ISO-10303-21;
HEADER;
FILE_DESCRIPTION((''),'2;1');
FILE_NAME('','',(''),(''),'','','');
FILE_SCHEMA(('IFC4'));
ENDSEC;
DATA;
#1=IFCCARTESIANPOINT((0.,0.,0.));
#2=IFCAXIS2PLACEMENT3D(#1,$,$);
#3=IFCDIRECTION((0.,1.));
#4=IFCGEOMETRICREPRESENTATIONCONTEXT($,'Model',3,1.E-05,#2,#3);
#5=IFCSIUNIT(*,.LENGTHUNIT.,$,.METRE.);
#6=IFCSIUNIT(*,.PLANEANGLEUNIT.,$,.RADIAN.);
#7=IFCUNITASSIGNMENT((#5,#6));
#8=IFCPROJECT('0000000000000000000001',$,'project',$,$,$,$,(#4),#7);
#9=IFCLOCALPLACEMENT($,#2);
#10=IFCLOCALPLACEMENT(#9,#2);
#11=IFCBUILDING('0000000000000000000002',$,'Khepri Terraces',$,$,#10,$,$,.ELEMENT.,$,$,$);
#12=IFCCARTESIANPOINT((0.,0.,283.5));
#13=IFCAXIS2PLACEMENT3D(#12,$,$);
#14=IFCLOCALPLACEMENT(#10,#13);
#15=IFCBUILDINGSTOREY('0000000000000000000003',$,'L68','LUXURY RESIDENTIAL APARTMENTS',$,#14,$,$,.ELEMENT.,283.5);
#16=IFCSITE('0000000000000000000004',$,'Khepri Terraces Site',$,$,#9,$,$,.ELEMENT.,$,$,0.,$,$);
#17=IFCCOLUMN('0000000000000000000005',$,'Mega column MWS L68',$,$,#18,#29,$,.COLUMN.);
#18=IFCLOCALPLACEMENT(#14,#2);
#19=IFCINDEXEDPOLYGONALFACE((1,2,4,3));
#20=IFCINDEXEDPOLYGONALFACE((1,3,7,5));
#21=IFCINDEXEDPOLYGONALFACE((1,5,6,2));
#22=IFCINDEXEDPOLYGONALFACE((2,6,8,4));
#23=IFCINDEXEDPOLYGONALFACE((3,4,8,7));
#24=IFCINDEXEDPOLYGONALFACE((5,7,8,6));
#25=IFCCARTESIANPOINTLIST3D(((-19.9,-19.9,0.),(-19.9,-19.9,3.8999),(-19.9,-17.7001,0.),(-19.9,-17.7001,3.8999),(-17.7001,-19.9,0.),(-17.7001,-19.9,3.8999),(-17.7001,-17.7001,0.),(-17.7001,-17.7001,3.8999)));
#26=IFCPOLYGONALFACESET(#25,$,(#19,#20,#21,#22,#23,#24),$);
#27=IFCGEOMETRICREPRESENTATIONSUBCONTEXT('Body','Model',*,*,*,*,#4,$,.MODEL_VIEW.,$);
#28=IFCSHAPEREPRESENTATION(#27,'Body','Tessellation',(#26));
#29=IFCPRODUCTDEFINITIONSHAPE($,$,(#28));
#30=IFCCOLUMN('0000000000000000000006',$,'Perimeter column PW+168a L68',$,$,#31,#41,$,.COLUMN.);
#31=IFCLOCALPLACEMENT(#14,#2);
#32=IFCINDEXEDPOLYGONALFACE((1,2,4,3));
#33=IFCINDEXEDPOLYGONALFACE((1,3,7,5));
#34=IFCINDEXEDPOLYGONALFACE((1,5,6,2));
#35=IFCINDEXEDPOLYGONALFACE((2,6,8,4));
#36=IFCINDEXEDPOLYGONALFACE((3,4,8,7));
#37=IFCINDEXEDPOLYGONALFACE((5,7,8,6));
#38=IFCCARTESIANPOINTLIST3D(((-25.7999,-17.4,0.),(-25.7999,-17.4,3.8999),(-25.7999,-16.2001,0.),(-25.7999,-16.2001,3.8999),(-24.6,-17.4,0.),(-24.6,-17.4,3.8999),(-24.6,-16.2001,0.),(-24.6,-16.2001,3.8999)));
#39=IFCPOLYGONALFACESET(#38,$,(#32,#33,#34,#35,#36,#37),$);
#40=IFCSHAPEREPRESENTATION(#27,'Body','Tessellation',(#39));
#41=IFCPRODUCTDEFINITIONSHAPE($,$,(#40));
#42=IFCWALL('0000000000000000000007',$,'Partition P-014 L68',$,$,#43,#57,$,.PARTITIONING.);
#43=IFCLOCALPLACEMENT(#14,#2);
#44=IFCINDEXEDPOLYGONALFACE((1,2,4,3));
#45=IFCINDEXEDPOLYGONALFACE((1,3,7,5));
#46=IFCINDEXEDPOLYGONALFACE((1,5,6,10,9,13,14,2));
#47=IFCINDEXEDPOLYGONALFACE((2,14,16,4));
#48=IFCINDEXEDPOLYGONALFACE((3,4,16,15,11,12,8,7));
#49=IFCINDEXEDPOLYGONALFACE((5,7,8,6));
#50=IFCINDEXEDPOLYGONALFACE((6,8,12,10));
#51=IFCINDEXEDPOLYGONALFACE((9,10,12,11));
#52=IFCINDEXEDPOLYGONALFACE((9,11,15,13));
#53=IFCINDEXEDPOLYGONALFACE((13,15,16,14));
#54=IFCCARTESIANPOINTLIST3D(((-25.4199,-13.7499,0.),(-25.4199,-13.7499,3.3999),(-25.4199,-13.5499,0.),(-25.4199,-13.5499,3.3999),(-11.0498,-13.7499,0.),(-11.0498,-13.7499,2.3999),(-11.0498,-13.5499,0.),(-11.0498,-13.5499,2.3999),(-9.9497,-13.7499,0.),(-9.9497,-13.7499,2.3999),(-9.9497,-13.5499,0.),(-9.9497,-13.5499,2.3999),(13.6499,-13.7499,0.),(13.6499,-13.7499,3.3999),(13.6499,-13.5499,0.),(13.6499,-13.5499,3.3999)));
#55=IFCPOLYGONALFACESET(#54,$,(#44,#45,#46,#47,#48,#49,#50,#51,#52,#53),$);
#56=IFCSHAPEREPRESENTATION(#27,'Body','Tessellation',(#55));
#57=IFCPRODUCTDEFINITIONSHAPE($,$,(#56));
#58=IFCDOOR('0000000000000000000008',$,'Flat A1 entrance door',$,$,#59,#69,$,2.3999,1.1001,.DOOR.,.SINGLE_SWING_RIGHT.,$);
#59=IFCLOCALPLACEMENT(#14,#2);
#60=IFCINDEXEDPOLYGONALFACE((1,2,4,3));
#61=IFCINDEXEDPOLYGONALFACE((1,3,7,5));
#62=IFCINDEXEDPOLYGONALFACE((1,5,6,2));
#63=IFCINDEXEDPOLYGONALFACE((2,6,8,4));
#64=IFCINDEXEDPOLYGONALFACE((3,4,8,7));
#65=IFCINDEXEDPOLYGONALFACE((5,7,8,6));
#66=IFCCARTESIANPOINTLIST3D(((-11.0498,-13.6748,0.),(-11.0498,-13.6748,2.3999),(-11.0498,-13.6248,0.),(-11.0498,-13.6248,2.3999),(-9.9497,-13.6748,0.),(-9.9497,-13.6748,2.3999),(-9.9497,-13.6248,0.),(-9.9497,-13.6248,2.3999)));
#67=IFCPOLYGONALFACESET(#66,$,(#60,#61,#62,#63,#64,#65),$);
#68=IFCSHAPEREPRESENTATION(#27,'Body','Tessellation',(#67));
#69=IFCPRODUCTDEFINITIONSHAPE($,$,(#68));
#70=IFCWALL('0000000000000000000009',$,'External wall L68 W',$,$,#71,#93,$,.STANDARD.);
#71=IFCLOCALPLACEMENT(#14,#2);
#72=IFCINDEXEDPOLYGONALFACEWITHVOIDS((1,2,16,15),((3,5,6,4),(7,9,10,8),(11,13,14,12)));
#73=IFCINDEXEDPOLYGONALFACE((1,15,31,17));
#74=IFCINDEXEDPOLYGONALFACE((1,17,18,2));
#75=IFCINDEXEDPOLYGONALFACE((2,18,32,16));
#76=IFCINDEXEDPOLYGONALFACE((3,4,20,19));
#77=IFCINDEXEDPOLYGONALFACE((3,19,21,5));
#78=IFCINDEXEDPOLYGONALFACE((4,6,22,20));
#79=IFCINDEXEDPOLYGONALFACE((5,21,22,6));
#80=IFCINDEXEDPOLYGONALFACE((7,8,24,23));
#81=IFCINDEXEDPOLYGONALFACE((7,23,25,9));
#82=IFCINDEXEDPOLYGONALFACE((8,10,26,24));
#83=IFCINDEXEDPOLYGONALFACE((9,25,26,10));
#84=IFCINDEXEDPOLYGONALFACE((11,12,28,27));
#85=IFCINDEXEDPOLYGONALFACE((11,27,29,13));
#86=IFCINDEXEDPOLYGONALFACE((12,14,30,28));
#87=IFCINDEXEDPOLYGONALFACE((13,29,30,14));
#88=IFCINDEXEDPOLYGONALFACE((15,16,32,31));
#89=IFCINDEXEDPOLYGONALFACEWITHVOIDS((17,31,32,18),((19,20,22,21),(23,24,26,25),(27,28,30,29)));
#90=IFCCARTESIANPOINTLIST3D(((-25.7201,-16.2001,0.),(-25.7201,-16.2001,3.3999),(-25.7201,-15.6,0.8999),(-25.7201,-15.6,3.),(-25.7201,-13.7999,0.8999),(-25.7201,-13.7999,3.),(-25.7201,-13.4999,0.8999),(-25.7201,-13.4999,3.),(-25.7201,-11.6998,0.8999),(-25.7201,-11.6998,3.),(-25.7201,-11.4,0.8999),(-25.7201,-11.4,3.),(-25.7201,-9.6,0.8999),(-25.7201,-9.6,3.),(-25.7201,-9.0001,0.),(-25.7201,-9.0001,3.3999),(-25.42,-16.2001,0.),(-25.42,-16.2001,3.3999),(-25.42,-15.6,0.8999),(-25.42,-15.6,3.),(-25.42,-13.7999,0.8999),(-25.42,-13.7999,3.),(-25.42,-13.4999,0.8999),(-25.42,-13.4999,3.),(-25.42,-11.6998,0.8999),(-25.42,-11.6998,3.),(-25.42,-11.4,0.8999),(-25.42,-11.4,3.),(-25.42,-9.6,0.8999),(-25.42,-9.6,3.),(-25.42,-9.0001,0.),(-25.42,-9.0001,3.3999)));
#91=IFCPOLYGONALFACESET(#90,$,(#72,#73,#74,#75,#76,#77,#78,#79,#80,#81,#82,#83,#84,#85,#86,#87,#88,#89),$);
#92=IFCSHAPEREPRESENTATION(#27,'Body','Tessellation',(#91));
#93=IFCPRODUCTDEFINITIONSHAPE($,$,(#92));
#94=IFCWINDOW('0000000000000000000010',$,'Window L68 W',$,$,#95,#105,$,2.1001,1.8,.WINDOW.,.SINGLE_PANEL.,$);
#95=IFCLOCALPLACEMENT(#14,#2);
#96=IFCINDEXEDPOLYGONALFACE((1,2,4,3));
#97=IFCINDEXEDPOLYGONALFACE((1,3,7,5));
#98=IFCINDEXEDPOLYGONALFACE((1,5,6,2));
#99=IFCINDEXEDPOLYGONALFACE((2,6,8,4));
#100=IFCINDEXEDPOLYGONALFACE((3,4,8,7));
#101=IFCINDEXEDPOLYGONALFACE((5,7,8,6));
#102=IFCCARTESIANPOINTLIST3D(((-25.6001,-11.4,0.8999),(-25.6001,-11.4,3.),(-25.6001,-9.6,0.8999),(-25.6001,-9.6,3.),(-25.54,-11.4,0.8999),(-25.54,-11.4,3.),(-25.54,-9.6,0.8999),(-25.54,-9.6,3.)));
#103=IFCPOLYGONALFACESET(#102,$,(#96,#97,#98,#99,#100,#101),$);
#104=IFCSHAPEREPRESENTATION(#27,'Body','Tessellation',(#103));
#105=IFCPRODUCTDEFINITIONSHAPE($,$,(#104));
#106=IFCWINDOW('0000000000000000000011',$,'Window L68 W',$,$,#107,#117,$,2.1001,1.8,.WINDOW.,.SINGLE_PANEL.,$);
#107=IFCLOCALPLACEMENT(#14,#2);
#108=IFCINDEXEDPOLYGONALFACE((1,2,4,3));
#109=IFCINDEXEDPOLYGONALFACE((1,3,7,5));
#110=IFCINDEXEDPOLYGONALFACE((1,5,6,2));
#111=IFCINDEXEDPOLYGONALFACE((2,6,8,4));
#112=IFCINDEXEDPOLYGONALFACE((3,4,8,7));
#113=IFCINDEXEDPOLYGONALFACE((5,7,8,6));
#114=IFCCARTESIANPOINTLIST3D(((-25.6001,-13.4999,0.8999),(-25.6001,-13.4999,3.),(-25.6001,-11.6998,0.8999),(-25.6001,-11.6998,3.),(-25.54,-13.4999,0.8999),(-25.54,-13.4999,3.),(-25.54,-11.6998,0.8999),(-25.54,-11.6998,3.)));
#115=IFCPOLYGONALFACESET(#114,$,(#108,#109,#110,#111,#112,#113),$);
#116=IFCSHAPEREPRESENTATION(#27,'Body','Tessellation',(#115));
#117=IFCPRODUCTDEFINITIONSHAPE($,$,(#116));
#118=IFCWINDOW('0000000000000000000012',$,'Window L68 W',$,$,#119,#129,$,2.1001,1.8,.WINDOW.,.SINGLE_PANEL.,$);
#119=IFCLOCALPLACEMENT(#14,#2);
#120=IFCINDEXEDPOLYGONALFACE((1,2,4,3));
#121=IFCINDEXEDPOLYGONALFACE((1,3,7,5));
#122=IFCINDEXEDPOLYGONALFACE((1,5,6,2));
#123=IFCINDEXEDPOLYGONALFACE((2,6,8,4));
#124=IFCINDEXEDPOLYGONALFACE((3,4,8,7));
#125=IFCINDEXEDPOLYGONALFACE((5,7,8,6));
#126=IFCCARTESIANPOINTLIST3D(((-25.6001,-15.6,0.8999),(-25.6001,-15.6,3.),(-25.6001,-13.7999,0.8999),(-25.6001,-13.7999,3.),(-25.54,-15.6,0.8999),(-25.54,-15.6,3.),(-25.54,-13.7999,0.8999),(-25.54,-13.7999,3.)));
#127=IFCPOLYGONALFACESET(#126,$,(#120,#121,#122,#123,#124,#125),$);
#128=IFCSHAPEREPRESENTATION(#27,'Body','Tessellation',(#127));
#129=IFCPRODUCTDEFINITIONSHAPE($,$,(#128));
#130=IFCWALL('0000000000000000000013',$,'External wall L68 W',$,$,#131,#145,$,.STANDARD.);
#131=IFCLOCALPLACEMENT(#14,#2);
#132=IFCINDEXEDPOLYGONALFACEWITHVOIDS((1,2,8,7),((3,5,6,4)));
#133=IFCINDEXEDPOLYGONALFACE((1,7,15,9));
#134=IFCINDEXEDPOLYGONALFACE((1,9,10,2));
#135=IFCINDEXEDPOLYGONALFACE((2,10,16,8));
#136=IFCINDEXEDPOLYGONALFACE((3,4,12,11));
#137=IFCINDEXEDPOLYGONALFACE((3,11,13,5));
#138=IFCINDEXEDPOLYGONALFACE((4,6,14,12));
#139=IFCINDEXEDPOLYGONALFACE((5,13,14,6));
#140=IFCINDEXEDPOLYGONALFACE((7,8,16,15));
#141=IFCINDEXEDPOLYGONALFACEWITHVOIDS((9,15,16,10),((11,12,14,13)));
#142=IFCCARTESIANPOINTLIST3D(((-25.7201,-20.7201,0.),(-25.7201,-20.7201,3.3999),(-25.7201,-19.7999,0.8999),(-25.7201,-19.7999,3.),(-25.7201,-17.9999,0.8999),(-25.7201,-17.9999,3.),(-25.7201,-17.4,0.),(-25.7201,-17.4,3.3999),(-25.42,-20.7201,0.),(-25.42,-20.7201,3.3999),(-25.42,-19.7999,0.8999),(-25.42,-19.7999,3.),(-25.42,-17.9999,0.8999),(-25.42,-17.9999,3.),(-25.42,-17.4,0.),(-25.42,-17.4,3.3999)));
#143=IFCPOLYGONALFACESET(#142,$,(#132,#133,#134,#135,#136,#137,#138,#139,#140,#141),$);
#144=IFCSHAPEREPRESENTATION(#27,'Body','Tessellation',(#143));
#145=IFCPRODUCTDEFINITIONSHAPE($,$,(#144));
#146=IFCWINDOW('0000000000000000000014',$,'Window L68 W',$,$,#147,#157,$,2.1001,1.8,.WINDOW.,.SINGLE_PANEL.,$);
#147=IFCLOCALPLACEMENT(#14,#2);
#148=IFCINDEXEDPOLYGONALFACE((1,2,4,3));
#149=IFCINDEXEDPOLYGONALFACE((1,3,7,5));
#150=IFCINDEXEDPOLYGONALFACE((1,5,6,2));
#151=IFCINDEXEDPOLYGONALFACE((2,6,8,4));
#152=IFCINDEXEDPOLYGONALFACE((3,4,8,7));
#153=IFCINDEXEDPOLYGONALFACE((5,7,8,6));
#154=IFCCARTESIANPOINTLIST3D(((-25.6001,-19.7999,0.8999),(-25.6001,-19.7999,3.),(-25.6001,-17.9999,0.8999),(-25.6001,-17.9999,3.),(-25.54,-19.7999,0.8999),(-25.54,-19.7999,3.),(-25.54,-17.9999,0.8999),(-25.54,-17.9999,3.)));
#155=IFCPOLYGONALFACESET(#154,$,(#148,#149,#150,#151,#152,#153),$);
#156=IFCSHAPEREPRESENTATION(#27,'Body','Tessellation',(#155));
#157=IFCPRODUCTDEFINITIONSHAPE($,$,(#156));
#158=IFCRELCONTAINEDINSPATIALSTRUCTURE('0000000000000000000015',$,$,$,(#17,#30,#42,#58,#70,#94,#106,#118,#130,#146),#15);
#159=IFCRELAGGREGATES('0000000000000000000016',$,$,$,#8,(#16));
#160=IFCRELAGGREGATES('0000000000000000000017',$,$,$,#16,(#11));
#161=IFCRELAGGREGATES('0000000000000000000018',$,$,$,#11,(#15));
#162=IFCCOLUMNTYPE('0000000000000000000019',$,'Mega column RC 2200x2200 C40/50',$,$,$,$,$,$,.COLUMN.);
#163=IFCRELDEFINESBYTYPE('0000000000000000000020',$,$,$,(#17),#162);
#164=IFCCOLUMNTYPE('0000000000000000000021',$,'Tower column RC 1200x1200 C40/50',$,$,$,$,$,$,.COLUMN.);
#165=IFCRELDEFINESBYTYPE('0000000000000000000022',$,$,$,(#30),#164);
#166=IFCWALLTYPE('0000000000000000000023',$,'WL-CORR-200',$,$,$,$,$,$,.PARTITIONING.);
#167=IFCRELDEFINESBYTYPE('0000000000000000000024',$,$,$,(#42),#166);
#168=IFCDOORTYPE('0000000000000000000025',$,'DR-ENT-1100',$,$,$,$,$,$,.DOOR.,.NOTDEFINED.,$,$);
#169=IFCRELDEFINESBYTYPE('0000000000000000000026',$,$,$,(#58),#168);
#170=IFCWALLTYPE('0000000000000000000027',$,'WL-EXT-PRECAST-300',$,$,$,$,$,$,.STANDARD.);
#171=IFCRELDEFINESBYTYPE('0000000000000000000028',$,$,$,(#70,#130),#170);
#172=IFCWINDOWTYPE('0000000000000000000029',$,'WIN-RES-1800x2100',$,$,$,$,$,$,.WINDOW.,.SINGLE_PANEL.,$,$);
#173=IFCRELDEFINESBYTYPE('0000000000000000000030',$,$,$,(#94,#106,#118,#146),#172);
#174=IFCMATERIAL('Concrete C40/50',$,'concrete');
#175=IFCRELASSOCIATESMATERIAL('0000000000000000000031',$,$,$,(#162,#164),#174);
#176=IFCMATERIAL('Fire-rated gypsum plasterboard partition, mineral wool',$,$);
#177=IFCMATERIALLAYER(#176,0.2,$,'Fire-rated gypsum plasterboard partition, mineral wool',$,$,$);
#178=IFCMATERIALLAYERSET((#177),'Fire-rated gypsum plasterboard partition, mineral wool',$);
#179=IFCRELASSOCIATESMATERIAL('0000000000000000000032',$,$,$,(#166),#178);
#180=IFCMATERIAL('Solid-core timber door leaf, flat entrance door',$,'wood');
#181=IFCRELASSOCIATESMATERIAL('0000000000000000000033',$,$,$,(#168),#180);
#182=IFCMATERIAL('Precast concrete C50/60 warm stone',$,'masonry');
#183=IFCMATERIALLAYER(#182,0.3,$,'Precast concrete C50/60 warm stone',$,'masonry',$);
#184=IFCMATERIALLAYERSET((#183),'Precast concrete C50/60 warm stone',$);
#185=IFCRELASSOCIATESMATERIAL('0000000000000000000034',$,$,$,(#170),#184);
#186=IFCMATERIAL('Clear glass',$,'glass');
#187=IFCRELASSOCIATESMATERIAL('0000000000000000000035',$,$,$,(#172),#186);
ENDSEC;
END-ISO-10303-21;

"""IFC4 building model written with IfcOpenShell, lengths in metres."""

from ifc_helpers import new_model, si_unit, direction, frame, frame_2d, origin, origin_2d, place, context, subcontext, project, spatial, rectangle, extrude, material, layer, layer_set, material_profile, profile_set, type_object, element, fill, save


model = new_model("IFC4")

# Units and contexts
model_context = context("Model", 3, precision=1e-05, world=origin(), true_north=direction((0.0, 1.0)))
body_context = subcontext(model_context, "Body", "Model", "MODEL_VIEW")
ifc_project = project(units=[si_unit("LENGTHUNIT", "METRE"), si_unit("PLANEANGLEUNIT", "RADIAN")], contexts=[model_context])

# Site, building, storey
site_placement = place(None, origin())
site = spatial("IfcSite", under=ifc_project, at=site_placement, Name="Khepri Terraces Site", CompositionType="ELEMENT", RefElevation=0.0)
building_placement = place(site_placement, origin())
building = spatial("IfcBuilding", under=site, at=building_placement, Name="Khepri Terraces", CompositionType="ELEMENT")
storey_placement = place(building_placement, frame((0.0, 0.0, 283.5)))
storey = spatial("IfcBuildingStorey", under=building, at=storey_placement, Name="L68", Description="LUXURY RESIDENTIAL APARTMENTS", CompositionType="ELEMENT", Elevation=283.5)

# Columns
ifc_material_1 = material(Name="Concrete C40/50", Category="concrete")
ifc_material_profile_1 = material_profile(ifc_material_1, rectangle(XDim=2.2, YDim=2.2, at=origin_2d()), Name="Concrete C40/50", Category="concrete")
ifc_profile_set_1 = profile_set([ifc_material_profile_1], Name="Concrete C40/50")
column_type_1 = type_object("IfcColumnType", Name="Mega column RC 2200x2200 C40/50", PredefinedType="COLUMN", material=ifc_profile_set_1)
column_1_placement = place(storey_placement, frame((-18.8, -18.8, 0.0), z_axis=(0.0, 0.0, 1.0), x_axis=(1.0, 0.0, 0.0)))
element("IfcColumn", 1, at=column_1_placement, inside=storey, type_object=column_type_1, Name="Mega column MWS L68", PredefinedType="COLUMN", context=body_context, shape_type="SweptSolid", body=[
    extrude(rectangle(XDim=2.2, YDim=2.2, at=origin_2d()), origin(), (0.0, 0.0, 1.0), 3.8999),
])
ifc_material_profile_2 = material_profile(ifc_material_1, rectangle(XDim=1.2, YDim=1.2, at=origin_2d()), Name="Concrete C40/50", Category="concrete")
ifc_profile_set_2 = profile_set([ifc_material_profile_2], Name="Concrete C40/50")
column_type_2 = type_object("IfcColumnType", Name="Tower column RC 1200x1200 C40/50", PredefinedType="COLUMN", material=ifc_profile_set_2)
column_2_placement = place(storey_placement, frame((-25.2, -16.8, 0.0), z_axis=(0.0, 0.0, 1.0), x_axis=(1.0, 0.0, 0.0)))
element("IfcColumn", 2, at=column_2_placement, inside=storey, type_object=column_type_2, Name="Perimeter column PW+168a L68", PredefinedType="COLUMN", context=body_context, shape_type="SweptSolid", body=[
    extrude(rectangle(XDim=1.2, YDim=1.2, at=origin_2d()), origin(), (0.0, 0.0, 1.0), 3.8999),
])

# Wall, opening, door
ifc_material_2 = material(Name="Fire-rated gypsum plasterboard partition, mineral wool")
ifc_layer_1 = layer(ifc_material_2, 0.2, Name="Fire-rated gypsum plasterboard partition, mineral wool")
ifc_layer_set_1 = layer_set([ifc_layer_1], Name="Fire-rated gypsum plasterboard partition, mineral wool")
wall_type_1 = type_object("IfcWallType", Name="WL-CORR-200", PredefinedType="PARTITIONING", material=ifc_layer_set_1)
wall_1_placement = place(storey_placement, frame((-25.4199, -13.6499, 0.0), z_axis=(0.0, 0.0, 1.0), x_axis=(1.0, 0.0, 0.0)))
wall_1 = element("IfcWall", 3, at=wall_1_placement, inside=storey, type_object=wall_type_1, Name="Partition P-014 L68", PredefinedType="PARTITIONING", context=body_context, shape_type="SweptSolid", body=[
    extrude(rectangle(XDim=39.0698, YDim=0.2, at=frame_2d((19.5349, 0.0))), origin(), (0.0, 0.0, 1.0), 3.3999),
])
opening_1_placement = place(wall_1_placement, frame((14.3701, 0.0, 0.0)))
opening_1 = element("IfcOpeningElement", 4, at=opening_1_placement, cuts=wall_1, PredefinedType="OPENING", context=body_context, shape_type="SweptSolid", body=[
    extrude(rectangle(XDim=1.1001, YDim=2.3999, at=frame_2d((0.55, 1.2))), frame((0.0, 0.1099, 0.0), z_axis=(0.0, -1.0, 0.0), x_axis=(1.0, 0.0, 0.0)), (0.0, 0.0, 1.0), 0.22),
])
ifc_material_3 = material(Name="Solid-core timber door leaf, flat entrance door", Category="wood")
door_type_1 = type_object("IfcDoorType", Name="DR-ENT-1100", OperationType="NOTDEFINED", PredefinedType="DOOR", material=ifc_material_3)
door_1_placement = place(opening_1_placement, frame((1.1001, 0.0, 0.0), z_axis=(0.0, 0.0, 1.0), x_axis=(-1.0, 0.0, 0.0)))
door_1 = element("IfcDoor", 5, at=door_1_placement, inside=storey, type_object=door_type_1, Name="Flat A1 entrance door", OperationType="SINGLE_SWING_RIGHT", OverallHeight=2.3999, OverallWidth=1.1001, PredefinedType="DOOR", context=body_context, shape_type="SweptSolid", body=[
    extrude(rectangle(XDim=1.1001, YDim=2.3999, at=frame_2d((0.55, 1.2))), frame((0.0, 0.0249, 0.0), z_axis=(0.0, -1.0, 0.0), x_axis=(1.0, 0.0, 0.0)), (0.0, 0.0, 1.0), 0.05),
])
fill(opening_1, door_1)

# Wall, openings, windows
ifc_material_4 = material(Name="Precast concrete C50/60 warm stone", Category="masonry")
ifc_layer_2 = layer(ifc_material_4, 0.3, Name="Precast concrete C50/60 warm stone", Category="masonry")
ifc_layer_set_2 = layer_set([ifc_layer_2], Name="Precast concrete C50/60 warm stone")
wall_type_2 = type_object("IfcWallType", Name="WL-EXT-PRECAST-300", PredefinedType="STANDARD", material=ifc_layer_set_2)
wall_2_placement = place(storey_placement, frame((-25.5701, -9.0, 0.0), z_axis=(0.0, 0.0, 1.0), x_axis=(0.0, -1.0, 0.0)))
wall_2 = element("IfcWall", 6, at=wall_2_placement, inside=storey, type_object=wall_type_2, Name="External wall L68 W", PredefinedType="STANDARD", context=body_context, shape_type="SweptSolid", body=[
    extrude(rectangle(XDim=7.2, YDim=0.3, at=frame_2d((3.6001, 0.0))), origin(), (0.0, 0.0, 1.0), 3.3999),
])
opening_2_placement = place(wall_2_placement, frame((0.6001, 0.0, 0.8999)))
opening_2 = element("IfcOpeningElement", 7, at=opening_2_placement, cuts=wall_2, PredefinedType="OPENING", context=body_context, shape_type="SweptSolid", body=[
    extrude(rectangle(XDim=1.8, YDim=2.1001, at=frame_2d((0.8999, 1.05))), frame((0.0, 0.1602, 0.0), z_axis=(0.0, -1.0, 0.0), x_axis=(1.0, 0.0, 0.0)), (0.0, 0.0, 1.0), 0.3201),
])
opening_3_placement = place(wall_2_placement, frame((2.7, 0.0, 0.8999)))
opening_3 = element("IfcOpeningElement", 8, at=opening_3_placement, cuts=wall_2, PredefinedType="OPENING", context=body_context, shape_type="SweptSolid", body=[
    extrude(rectangle(XDim=1.8, YDim=2.1001, at=frame_2d((0.8999, 1.05))), frame((0.0, 0.1602, 0.0), z_axis=(0.0, -1.0, 0.0), x_axis=(1.0, 0.0, 0.0)), (0.0, 0.0, 1.0), 0.3201),
])
opening_4_placement = place(wall_2_placement, frame((4.8, 0.0, 0.8999)))
opening_4 = element("IfcOpeningElement", 9, at=opening_4_placement, cuts=wall_2, PredefinedType="OPENING", context=body_context, shape_type="SweptSolid", body=[
    extrude(rectangle(XDim=1.8, YDim=2.1001, at=frame_2d((0.8999, 1.05))), frame((0.0, 0.1602, 0.0), z_axis=(0.0, -1.0, 0.0), x_axis=(1.0, 0.0, 0.0)), (0.0, 0.0, 1.0), 0.3201),
])
ifc_material_5 = material(Name="Clear glass", Category="glass")
window_type = type_object("IfcWindowType", Name="WIN-RES-1800x2100", PartitioningType="SINGLE_PANEL", PredefinedType="WINDOW", material=ifc_material_5)
window_1_placement = place(opening_2_placement, origin())
window_1 = element("IfcWindow", 10, at=window_1_placement, inside=storey, type_object=window_type, Name="Window L68 W", OverallHeight=2.1001, OverallWidth=1.8, PartitioningType="SINGLE_PANEL", PredefinedType="WINDOW", context=body_context, shape_type="SweptSolid", body=[
    extrude(rectangle(XDim=1.8, YDim=2.1001, at=frame_2d((0.8999, 1.05))), frame((0.0, 0.03, 0.0), z_axis=(0.0, -1.0, 0.0), x_axis=(1.0, 0.0, 0.0)), (0.0, 0.0, 1.0), 0.0601),
])
fill(opening_2, window_1)
window_2_placement = place(opening_3_placement, origin())
window_2 = element("IfcWindow", 11, at=window_2_placement, inside=storey, type_object=window_type, Name="Window L68 W", OverallHeight=2.1001, OverallWidth=1.8, PartitioningType="SINGLE_PANEL", PredefinedType="WINDOW", context=body_context, shape_type="SweptSolid", body=[
    extrude(rectangle(XDim=1.8, YDim=2.1001, at=frame_2d((0.8999, 1.05))), frame((0.0, 0.03, 0.0), z_axis=(0.0, -1.0, 0.0), x_axis=(1.0, 0.0, 0.0)), (0.0, 0.0, 1.0), 0.0601),
])
fill(opening_3, window_2)
window_3_placement = place(opening_4_placement, origin())
window_3 = element("IfcWindow", 12, at=window_3_placement, inside=storey, type_object=window_type, Name="Window L68 W", OverallHeight=2.1001, OverallWidth=1.8, PartitioningType="SINGLE_PANEL", PredefinedType="WINDOW", context=body_context, shape_type="SweptSolid", body=[
    extrude(rectangle(XDim=1.8, YDim=2.1001, at=frame_2d((0.8999, 1.05))), frame((0.0, 0.03, 0.0), z_axis=(0.0, -1.0, 0.0), x_axis=(1.0, 0.0, 0.0)), (0.0, 0.0, 1.0), 0.0601),
])
fill(opening_4, window_3)

# Wall, opening, window
wall_3_placement = place(storey_placement, frame((-25.5701, -17.3999, 0.0), z_axis=(0.0, 0.0, 1.0), x_axis=(0.0, -1.0, 0.0)))
wall_3 = element("IfcWall", 13, at=wall_3_placement, inside=storey, type_object=wall_type_2, Name="External wall L68 W", PredefinedType="STANDARD", context=body_context, shape_type="SweptSolid", body=[
    extrude(rectangle(XDim=3.3201, YDim=0.3, at=frame_2d((1.6602, 0.0))), origin(), (0.0, 0.0, 1.0), 3.3999),
])
opening_5_placement = place(wall_3_placement, frame((0.6001, 0.0, 0.8999)))
opening_5 = element("IfcOpeningElement", 14, at=opening_5_placement, cuts=wall_3, PredefinedType="OPENING", context=body_context, shape_type="SweptSolid", body=[
    extrude(rectangle(XDim=1.8, YDim=2.1001, at=frame_2d((0.8999, 1.05))), frame((0.0, 0.1602, 0.0), z_axis=(0.0, -1.0, 0.0), x_axis=(1.0, 0.0, 0.0)), (0.0, 0.0, 1.0), 0.3201),
])
window_4_placement = place(opening_5_placement, origin())
window_4 = element("IfcWindow", 15, at=window_4_placement, inside=storey, type_object=window_type, Name="Window L68 W", OverallHeight=2.1001, OverallWidth=1.8, PartitioningType="SINGLE_PANEL", PredefinedType="WINDOW", context=body_context, shape_type="SweptSolid", body=[
    extrude(rectangle(XDim=1.8, YDim=2.1001, at=frame_2d((0.8999, 1.05))), frame((0.0, 0.03, 0.0), z_axis=(0.0, -1.0, 0.0), x_axis=(1.0, 0.0, 0.0)), (0.0, 0.0, 1.0), 0.0601),
])
fill(opening_5, window_4)

save(model, "model.ifc")
